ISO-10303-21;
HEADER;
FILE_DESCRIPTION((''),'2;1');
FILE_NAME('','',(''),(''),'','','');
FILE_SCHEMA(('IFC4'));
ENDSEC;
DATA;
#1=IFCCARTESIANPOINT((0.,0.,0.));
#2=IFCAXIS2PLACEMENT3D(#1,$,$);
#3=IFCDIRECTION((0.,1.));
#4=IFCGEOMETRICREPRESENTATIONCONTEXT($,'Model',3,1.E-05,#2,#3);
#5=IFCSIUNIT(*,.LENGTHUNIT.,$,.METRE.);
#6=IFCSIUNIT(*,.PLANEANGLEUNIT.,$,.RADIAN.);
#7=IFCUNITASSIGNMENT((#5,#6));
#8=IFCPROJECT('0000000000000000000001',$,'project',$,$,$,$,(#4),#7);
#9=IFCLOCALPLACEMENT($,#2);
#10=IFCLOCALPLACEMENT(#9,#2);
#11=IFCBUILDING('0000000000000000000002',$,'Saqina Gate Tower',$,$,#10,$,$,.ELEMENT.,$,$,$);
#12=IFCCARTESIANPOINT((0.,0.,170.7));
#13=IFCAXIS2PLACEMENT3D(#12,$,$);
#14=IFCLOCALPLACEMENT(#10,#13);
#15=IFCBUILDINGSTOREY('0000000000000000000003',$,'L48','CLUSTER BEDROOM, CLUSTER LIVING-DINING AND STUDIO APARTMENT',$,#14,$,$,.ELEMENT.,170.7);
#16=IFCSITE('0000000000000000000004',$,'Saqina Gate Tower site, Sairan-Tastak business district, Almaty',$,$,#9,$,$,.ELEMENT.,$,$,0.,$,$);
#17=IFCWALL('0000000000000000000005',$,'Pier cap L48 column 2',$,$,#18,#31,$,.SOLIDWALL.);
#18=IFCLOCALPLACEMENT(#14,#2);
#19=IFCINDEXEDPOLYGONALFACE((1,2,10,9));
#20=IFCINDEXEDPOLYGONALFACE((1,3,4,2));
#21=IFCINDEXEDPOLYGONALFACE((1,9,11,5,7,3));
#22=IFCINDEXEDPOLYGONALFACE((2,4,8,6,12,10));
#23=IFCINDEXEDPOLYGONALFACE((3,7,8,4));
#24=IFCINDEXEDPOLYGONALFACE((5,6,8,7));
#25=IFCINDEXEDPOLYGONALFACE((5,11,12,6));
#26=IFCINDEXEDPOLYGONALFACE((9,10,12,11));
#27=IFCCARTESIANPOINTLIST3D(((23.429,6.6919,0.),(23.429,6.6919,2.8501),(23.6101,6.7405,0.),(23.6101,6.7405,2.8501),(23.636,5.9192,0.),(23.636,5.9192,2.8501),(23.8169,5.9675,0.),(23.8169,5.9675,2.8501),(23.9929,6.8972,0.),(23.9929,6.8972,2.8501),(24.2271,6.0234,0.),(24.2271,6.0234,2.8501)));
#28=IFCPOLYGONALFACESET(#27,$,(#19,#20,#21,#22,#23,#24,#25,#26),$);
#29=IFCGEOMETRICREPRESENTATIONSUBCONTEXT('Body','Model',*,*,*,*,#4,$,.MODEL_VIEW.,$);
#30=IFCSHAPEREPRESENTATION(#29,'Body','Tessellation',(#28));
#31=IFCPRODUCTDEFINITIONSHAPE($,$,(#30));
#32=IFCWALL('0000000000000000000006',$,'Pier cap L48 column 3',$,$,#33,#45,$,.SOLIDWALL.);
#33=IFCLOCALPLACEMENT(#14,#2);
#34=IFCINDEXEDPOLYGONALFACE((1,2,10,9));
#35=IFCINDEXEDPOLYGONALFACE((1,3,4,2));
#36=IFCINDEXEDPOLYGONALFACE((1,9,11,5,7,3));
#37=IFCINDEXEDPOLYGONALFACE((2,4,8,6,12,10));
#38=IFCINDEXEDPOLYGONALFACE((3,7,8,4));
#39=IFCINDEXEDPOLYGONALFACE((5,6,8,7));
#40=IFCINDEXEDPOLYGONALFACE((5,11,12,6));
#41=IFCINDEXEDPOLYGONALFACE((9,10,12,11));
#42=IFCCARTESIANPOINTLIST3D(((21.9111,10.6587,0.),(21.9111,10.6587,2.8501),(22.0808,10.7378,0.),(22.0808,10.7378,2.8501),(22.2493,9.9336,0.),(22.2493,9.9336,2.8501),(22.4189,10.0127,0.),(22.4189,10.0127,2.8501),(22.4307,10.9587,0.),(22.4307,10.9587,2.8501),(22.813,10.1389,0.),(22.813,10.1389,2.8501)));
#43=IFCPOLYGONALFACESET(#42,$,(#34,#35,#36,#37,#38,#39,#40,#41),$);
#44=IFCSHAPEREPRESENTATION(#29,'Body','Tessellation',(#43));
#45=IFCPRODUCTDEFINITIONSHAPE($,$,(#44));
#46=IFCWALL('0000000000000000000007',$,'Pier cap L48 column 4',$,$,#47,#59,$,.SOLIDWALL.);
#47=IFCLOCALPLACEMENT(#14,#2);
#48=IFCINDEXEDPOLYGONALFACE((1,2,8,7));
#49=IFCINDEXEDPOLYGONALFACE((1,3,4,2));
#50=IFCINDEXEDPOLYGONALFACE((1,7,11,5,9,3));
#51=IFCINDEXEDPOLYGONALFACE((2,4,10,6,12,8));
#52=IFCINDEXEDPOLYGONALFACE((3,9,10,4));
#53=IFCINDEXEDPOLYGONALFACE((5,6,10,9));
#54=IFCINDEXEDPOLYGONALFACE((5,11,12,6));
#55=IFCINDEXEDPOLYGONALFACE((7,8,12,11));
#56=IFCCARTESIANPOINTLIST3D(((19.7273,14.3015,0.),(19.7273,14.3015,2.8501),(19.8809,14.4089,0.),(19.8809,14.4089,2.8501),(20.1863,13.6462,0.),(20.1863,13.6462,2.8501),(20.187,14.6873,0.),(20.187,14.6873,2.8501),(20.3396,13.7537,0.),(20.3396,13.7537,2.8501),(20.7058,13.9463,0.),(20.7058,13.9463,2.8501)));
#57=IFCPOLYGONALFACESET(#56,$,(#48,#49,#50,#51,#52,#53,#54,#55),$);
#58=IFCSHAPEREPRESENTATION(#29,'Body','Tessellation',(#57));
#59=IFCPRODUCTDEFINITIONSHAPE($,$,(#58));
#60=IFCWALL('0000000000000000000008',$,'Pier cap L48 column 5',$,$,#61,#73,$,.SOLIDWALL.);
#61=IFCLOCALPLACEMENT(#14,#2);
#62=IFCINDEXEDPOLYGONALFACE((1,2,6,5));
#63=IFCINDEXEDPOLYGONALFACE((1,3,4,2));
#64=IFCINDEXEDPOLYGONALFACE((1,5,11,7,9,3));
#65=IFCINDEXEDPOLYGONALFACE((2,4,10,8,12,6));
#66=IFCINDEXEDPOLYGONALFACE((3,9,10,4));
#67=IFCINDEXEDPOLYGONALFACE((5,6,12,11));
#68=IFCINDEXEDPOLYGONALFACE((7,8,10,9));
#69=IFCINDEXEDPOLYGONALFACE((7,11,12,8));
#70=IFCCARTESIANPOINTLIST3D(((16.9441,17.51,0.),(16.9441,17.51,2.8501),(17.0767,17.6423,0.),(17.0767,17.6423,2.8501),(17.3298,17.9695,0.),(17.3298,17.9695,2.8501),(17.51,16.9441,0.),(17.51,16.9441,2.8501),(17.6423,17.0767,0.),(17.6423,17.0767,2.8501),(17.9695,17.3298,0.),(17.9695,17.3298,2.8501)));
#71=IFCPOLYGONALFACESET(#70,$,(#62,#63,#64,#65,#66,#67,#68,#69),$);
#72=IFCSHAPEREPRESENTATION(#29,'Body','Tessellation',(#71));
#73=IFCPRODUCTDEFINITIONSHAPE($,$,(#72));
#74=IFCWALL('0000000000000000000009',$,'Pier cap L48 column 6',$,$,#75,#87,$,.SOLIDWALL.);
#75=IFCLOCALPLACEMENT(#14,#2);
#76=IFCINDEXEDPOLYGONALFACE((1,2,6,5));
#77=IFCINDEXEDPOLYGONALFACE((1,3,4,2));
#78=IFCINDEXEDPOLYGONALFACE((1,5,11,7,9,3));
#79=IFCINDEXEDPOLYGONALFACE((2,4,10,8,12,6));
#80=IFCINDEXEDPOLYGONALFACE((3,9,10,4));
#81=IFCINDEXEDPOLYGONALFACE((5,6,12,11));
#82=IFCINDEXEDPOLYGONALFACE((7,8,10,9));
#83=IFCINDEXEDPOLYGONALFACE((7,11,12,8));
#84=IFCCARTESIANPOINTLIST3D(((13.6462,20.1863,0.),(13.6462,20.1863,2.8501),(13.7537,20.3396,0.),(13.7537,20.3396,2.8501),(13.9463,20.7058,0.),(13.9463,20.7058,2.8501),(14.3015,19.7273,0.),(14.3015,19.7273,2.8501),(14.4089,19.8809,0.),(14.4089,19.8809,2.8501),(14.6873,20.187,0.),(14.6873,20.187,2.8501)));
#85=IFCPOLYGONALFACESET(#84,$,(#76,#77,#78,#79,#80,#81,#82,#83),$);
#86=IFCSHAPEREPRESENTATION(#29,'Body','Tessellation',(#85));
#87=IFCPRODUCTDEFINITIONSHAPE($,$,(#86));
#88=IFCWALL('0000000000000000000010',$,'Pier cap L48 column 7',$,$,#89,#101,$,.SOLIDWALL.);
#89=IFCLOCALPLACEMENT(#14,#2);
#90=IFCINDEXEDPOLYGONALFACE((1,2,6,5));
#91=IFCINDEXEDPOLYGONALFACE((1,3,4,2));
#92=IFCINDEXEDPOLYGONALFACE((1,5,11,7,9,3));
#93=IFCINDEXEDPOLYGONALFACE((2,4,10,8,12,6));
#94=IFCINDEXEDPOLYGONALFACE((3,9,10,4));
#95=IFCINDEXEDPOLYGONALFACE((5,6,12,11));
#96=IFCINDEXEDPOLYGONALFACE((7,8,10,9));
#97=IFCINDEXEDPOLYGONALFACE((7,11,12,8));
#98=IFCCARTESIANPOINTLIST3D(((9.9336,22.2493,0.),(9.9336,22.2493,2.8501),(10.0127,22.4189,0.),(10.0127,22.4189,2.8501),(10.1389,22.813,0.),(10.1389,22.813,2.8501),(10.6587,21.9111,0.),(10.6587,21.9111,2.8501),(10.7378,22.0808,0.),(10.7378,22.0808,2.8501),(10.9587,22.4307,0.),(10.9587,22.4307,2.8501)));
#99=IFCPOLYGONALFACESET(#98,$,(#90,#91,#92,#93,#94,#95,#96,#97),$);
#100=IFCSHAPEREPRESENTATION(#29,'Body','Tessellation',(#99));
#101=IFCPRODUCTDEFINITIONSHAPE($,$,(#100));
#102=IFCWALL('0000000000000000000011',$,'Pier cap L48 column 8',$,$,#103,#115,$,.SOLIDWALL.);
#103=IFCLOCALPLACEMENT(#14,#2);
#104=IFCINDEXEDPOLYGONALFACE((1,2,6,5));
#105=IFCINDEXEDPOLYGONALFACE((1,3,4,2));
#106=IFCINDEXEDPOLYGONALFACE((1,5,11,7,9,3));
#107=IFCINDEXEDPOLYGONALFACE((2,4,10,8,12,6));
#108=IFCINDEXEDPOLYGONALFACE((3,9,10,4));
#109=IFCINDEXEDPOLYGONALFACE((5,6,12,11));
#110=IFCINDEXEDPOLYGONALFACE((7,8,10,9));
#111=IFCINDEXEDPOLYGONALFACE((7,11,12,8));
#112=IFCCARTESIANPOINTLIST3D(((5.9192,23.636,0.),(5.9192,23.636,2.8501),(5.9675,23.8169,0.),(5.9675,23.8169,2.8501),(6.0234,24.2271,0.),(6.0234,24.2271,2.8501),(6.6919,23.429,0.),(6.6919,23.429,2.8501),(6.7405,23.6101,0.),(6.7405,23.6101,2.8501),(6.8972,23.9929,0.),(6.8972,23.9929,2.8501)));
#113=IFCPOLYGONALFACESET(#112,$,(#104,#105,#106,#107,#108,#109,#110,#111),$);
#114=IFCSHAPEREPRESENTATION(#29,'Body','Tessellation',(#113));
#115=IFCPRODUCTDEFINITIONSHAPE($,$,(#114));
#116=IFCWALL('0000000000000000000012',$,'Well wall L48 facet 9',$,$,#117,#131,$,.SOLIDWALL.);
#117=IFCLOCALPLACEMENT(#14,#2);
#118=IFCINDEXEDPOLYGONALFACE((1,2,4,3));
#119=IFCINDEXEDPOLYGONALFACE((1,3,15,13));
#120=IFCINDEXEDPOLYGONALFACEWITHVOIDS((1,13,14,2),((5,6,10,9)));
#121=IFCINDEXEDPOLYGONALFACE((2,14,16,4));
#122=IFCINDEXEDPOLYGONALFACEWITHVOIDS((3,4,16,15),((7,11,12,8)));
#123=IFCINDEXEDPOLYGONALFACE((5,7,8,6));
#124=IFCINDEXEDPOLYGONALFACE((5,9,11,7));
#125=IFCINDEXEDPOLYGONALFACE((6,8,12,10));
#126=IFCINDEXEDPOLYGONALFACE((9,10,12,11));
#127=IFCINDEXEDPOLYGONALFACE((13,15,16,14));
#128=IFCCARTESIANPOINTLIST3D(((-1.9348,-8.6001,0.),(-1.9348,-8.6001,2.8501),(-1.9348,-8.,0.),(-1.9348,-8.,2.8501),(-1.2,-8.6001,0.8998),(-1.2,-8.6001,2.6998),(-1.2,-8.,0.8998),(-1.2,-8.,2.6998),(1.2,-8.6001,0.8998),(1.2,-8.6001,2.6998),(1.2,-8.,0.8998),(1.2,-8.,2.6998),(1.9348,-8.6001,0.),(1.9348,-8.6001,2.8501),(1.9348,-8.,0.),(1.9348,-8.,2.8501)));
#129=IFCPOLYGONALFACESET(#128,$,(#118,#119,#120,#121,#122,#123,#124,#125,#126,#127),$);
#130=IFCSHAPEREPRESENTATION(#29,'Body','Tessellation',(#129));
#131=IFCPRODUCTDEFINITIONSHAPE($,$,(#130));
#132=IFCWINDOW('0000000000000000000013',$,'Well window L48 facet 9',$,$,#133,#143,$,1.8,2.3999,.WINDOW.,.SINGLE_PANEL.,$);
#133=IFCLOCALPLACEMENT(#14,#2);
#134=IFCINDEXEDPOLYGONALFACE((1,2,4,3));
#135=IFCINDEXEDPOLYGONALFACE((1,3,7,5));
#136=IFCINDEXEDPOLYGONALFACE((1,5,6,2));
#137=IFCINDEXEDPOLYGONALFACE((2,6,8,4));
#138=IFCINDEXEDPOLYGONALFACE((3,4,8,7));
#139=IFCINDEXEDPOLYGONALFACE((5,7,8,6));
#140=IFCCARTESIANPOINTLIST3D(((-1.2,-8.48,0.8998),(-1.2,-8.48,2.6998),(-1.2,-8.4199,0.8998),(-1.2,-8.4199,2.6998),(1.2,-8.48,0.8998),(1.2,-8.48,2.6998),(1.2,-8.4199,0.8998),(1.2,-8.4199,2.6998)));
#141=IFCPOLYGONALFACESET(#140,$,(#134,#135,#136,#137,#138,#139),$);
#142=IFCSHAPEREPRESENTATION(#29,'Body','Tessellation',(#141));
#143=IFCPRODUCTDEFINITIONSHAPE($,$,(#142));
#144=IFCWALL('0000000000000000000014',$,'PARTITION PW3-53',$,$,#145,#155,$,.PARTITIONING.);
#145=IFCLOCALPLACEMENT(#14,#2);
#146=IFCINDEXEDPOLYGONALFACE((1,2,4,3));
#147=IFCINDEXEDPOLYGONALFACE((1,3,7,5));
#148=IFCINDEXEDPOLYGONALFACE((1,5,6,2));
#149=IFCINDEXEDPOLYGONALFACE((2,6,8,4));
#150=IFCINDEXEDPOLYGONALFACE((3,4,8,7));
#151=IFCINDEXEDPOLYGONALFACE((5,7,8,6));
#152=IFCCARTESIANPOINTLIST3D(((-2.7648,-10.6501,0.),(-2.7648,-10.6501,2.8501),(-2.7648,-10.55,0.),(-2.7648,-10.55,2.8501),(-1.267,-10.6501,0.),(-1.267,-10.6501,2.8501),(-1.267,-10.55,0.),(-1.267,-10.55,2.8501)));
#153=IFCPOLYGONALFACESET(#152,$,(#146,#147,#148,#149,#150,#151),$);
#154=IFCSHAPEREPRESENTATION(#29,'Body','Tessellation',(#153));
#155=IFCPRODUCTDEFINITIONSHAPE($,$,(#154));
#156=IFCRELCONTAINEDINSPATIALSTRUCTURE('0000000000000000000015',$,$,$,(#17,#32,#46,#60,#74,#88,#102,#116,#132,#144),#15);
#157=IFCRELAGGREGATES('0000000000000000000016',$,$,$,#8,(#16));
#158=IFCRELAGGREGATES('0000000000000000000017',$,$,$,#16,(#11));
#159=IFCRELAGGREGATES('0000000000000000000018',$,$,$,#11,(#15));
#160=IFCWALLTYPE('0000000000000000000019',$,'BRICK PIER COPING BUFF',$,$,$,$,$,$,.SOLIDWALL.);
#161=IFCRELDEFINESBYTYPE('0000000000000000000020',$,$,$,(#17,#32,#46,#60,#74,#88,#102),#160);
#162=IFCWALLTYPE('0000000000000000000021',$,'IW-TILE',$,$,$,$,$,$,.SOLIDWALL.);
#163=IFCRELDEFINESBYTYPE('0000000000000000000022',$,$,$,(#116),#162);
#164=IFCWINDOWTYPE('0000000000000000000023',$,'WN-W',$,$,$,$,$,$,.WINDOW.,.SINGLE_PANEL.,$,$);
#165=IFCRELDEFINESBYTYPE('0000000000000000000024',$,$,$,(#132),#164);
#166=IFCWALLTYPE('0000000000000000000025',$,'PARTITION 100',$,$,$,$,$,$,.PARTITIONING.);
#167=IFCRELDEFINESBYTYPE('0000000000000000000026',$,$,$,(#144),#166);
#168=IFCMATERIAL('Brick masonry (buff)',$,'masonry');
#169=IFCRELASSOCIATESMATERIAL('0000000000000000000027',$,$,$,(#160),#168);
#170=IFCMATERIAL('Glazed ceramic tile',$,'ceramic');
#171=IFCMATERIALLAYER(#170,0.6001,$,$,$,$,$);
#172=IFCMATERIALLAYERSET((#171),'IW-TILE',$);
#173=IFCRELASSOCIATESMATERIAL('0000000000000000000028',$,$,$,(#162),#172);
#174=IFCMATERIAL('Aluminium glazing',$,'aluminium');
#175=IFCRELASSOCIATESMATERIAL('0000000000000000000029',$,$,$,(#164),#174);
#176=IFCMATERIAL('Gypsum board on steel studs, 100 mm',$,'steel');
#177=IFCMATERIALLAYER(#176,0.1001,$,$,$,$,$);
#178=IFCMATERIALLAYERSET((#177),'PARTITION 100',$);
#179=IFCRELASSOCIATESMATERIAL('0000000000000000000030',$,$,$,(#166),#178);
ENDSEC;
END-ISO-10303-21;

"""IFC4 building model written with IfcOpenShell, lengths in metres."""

from ifc_helpers import new_model, si_unit, direction, frame, frame_2d, origin, place, context, subcontext, project, spatial, polyline, rectangle, outline, extrude, material, layer, layer_set, type_object, element, fill, save


model = new_model("IFC4")

# Units and contexts
model_context = context("Model", 3, precision=1e-05, world=origin(), true_north=direction((0.0, 1.0)))
body_context = subcontext(model_context, "Body", "Model", "MODEL_VIEW")
ifc_project = project(units=[si_unit("LENGTHUNIT", "METRE"), si_unit("PLANEANGLEUNIT", "RADIAN")], contexts=[model_context])

# Site, building, storey
site_placement = place(None, origin())
site = spatial("IfcSite", under=ifc_project, at=site_placement, Name="Saqina Gate Tower site, Sairan-Tastak business district, Almaty", CompositionType="ELEMENT", RefElevation=0.0)
building_placement = place(site_placement, origin())
building = spatial("IfcBuilding", under=site, at=building_placement, Name="Saqina Gate Tower", CompositionType="ELEMENT")
storey_placement = place(building_placement, frame((0.0, 0.0, 170.7)))
storey = spatial("IfcBuildingStorey", under=building, at=storey_placement, Name="L48", Description="CLUSTER BEDROOM, CLUSTER LIVING-DINING AND STUDIO APARTMENT", CompositionType="ELEMENT", Elevation=170.7)

# Walls
ifc_material_1 = material(Name="Brick masonry (buff)", Category="masonry")
wall_type_1 = type_object("IfcWallType", Name="BRICK PIER COPING BUFF", PredefinedType="SOLIDWALL", material=ifc_material_1)
wall_1_placement = place(storey_placement, origin())
element("IfcWall", 1, at=wall_1_placement, inside=storey, type_object=wall_type_1, Name="Pier cap L48 column 2", PredefinedType="SOLIDWALL", context=body_context, shape_type="SweptSolid", body=[
    extrude(outline(polyline([(24.2271, 6.0234), (23.9929, 6.8972), (23.429, 6.6919), (23.6101, 6.7405), (23.8169, 5.9675), (23.636, 5.9192), (24.2271, 6.0234)])), origin(), (0.0, 0.0, 1.0), 2.8501),
])
wall_2_placement = place(storey_placement, origin())
element("IfcWall", 2, at=wall_2_placement, inside=storey, type_object=wall_type_1, Name="Pier cap L48 column 3", PredefinedType="SOLIDWALL", context=body_context, shape_type="SweptSolid", body=[
    extrude(outline(polyline([(22.4307, 10.9587), (21.9111, 10.6587), (22.0808, 10.7378), (22.4189, 10.0127), (22.2493, 9.9336), (22.813, 10.1389), (22.4307, 10.9587)])), origin(), (0.0, 0.0, 1.0), 2.8501),
])
wall_3_placement = place(storey_placement, origin())
element("IfcWall", 3, at=wall_3_placement, inside=storey, type_object=wall_type_1, Name="Pier cap L48 column 4", PredefinedType="SOLIDWALL", context=body_context, shape_type="SweptSolid", body=[
    extrude(outline(polyline([(20.7058, 13.9463), (20.187, 14.6873), (19.7273, 14.3015), (19.8809, 14.4089), (20.3396, 13.7537), (20.1863, 13.6462), (20.7058, 13.9463)])), origin(), (0.0, 0.0, 1.0), 2.8501),
])
wall_4_placement = place(storey_placement, origin())
element("IfcWall", 4, at=wall_4_placement, inside=storey, type_object=wall_type_1, Name="Pier cap L48 column 5", PredefinedType="SOLIDWALL", context=body_context, shape_type="SweptSolid", body=[
    extrude(outline(polyline([(17.3298, 17.9695), (16.9441, 17.51), (17.0767, 17.6423), (17.6423, 17.0767), (17.51, 16.9441), (17.9695, 17.3298), (17.3298, 17.9695)])), origin(), (0.0, 0.0, 1.0), 2.8501),
])
wall_5_placement = place(storey_placement, origin())
element("IfcWall", 5, at=wall_5_placement, inside=storey, type_object=wall_type_1, Name="Pier cap L48 column 6", PredefinedType="SOLIDWALL", context=body_context, shape_type="SweptSolid", body=[
    extrude(outline(polyline([(14.6873, 20.187), (13.9463, 20.7058), (13.6462, 20.1863), (13.7537, 20.3396), (14.4089, 19.8809), (14.3015, 19.7273), (14.6873, 20.187)])), origin(), (0.0, 0.0, 1.0), 2.8501),
])
wall_6_placement = place(storey_placement, origin())
element("IfcWall", 6, at=wall_6_placement, inside=storey, type_object=wall_type_1, Name="Pier cap L48 column 7", PredefinedType="SOLIDWALL", context=body_context, shape_type="SweptSolid", body=[
    extrude(outline(polyline([(10.1389, 22.813), (9.9336, 22.2493), (10.0127, 22.4189), (10.7378, 22.0808), (10.6587, 21.9111), (10.9587, 22.4307), (10.1389, 22.813)])), origin(), (0.0, 0.0, 1.0), 2.8501),
])
wall_7_placement = place(storey_placement, origin())
element("IfcWall", 7, at=wall_7_placement, inside=storey, type_object=wall_type_1, Name="Pier cap L48 column 8", PredefinedType="SOLIDWALL", context=body_context, shape_type="SweptSolid", body=[
    extrude(outline(polyline([(6.0234, 24.2271), (5.9192, 23.636), (5.9675, 23.8169), (6.7405, 23.6101), (6.6919, 23.429), (6.8972, 23.9929), (6.0234, 24.2271)])), origin(), (0.0, 0.0, 1.0), 2.8501),
])

# Wall, opening, window
ifc_material_2 = material(Name="Glazed ceramic tile", Category="ceramic")
ifc_layer_1 = layer(ifc_material_2, 0.6001)
ifc_layer_set_1 = layer_set([ifc_layer_1], Name="IW-TILE")
wall_type_2 = type_object("IfcWallType", Name="IW-TILE", PredefinedType="SOLIDWALL", material=ifc_layer_set_1)
wall_8_placement = place(storey_placement, frame((-1.9348, -8.3, 0.0), z_axis=(0.0, 0.0, 1.0), x_axis=(1.0, 0.0, 0.0)))
wall_8 = element("IfcWall", 8, at=wall_8_placement, inside=storey, type_object=wall_type_2, Name="Well wall L48 facet 9", PredefinedType="SOLIDWALL", context=body_context, shape_type="SweptSolid", body=[
    extrude(rectangle(XDim=3.8696, YDim=0.6001, at=frame_2d((1.9348, 0.0))), origin(), (0.0, 0.0, 1.0), 2.8501),
])
opening_placement = place(wall_8_placement, frame((0.7349, 0.0, 0.8999)))
opening = element("IfcOpeningElement", 9, at=opening_placement, cuts=wall_8, PredefinedType="OPENING", context=body_context, shape_type="SweptSolid", body=[
    extrude(rectangle(XDim=2.3999, YDim=1.8, at=frame_2d((1.2, 0.8999))), frame((0.0, 0.312, 0.0), z_axis=(0.0, -1.0, 0.0), x_axis=(1.0, 0.0, 0.0)), (0.0, 0.0, 1.0), 0.624),
])
ifc_material_3 = material(Name="Aluminium glazing", Category="aluminium")
window_type = type_object("IfcWindowType", Name="WN-W", PartitioningType="SINGLE_PANEL", PredefinedType="WINDOW", material=ifc_material_3)
window_placement = place(opening_placement, origin())
window = element("IfcWindow", 10, at=window_placement, inside=storey, type_object=window_type, Name="Well window L48 facet 9", OverallHeight=1.8, OverallWidth=2.3999, PartitioningType="SINGLE_PANEL", PredefinedType="WINDOW", context=body_context, shape_type="SweptSolid", body=[
    extrude(rectangle(XDim=2.3999, YDim=1.8, at=frame_2d((1.2, 0.8999))), frame((0.0, -0.1199, 0.0), z_axis=(0.0, -1.0, 0.0), x_axis=(1.0, 0.0, 0.0)), (0.0, 0.0, 1.0), 0.0601),
])
fill(opening, window)

# Wall
ifc_material_4 = material(Name="Gypsum board on steel studs, 100 mm", Category="steel")
ifc_layer_2 = layer(ifc_material_4, 0.1001)
ifc_layer_set_2 = layer_set([ifc_layer_2], Name="PARTITION 100")
wall_type_3 = type_object("IfcWallType", Name="PARTITION 100", PredefinedType="PARTITIONING", material=ifc_layer_set_2)
wall_9_placement = place(storey_placement, frame((-2.7649, -10.6001, 0.0), z_axis=(0.0, 0.0, 1.0), x_axis=(1.0, 0.0, 0.0)))
element("IfcWall", 11, at=wall_9_placement, inside=storey, type_object=wall_type_3, Name="PARTITION PW3-53", PredefinedType="PARTITIONING", context=body_context, shape_type="SweptSolid", body=[
    extrude(rectangle(XDim=1.4978, YDim=0.1001, at=frame_2d((0.749, 0.0))), origin(), (0.0, 0.0, 1.0), 2.8501),
])

save(model, "model.ifc")
